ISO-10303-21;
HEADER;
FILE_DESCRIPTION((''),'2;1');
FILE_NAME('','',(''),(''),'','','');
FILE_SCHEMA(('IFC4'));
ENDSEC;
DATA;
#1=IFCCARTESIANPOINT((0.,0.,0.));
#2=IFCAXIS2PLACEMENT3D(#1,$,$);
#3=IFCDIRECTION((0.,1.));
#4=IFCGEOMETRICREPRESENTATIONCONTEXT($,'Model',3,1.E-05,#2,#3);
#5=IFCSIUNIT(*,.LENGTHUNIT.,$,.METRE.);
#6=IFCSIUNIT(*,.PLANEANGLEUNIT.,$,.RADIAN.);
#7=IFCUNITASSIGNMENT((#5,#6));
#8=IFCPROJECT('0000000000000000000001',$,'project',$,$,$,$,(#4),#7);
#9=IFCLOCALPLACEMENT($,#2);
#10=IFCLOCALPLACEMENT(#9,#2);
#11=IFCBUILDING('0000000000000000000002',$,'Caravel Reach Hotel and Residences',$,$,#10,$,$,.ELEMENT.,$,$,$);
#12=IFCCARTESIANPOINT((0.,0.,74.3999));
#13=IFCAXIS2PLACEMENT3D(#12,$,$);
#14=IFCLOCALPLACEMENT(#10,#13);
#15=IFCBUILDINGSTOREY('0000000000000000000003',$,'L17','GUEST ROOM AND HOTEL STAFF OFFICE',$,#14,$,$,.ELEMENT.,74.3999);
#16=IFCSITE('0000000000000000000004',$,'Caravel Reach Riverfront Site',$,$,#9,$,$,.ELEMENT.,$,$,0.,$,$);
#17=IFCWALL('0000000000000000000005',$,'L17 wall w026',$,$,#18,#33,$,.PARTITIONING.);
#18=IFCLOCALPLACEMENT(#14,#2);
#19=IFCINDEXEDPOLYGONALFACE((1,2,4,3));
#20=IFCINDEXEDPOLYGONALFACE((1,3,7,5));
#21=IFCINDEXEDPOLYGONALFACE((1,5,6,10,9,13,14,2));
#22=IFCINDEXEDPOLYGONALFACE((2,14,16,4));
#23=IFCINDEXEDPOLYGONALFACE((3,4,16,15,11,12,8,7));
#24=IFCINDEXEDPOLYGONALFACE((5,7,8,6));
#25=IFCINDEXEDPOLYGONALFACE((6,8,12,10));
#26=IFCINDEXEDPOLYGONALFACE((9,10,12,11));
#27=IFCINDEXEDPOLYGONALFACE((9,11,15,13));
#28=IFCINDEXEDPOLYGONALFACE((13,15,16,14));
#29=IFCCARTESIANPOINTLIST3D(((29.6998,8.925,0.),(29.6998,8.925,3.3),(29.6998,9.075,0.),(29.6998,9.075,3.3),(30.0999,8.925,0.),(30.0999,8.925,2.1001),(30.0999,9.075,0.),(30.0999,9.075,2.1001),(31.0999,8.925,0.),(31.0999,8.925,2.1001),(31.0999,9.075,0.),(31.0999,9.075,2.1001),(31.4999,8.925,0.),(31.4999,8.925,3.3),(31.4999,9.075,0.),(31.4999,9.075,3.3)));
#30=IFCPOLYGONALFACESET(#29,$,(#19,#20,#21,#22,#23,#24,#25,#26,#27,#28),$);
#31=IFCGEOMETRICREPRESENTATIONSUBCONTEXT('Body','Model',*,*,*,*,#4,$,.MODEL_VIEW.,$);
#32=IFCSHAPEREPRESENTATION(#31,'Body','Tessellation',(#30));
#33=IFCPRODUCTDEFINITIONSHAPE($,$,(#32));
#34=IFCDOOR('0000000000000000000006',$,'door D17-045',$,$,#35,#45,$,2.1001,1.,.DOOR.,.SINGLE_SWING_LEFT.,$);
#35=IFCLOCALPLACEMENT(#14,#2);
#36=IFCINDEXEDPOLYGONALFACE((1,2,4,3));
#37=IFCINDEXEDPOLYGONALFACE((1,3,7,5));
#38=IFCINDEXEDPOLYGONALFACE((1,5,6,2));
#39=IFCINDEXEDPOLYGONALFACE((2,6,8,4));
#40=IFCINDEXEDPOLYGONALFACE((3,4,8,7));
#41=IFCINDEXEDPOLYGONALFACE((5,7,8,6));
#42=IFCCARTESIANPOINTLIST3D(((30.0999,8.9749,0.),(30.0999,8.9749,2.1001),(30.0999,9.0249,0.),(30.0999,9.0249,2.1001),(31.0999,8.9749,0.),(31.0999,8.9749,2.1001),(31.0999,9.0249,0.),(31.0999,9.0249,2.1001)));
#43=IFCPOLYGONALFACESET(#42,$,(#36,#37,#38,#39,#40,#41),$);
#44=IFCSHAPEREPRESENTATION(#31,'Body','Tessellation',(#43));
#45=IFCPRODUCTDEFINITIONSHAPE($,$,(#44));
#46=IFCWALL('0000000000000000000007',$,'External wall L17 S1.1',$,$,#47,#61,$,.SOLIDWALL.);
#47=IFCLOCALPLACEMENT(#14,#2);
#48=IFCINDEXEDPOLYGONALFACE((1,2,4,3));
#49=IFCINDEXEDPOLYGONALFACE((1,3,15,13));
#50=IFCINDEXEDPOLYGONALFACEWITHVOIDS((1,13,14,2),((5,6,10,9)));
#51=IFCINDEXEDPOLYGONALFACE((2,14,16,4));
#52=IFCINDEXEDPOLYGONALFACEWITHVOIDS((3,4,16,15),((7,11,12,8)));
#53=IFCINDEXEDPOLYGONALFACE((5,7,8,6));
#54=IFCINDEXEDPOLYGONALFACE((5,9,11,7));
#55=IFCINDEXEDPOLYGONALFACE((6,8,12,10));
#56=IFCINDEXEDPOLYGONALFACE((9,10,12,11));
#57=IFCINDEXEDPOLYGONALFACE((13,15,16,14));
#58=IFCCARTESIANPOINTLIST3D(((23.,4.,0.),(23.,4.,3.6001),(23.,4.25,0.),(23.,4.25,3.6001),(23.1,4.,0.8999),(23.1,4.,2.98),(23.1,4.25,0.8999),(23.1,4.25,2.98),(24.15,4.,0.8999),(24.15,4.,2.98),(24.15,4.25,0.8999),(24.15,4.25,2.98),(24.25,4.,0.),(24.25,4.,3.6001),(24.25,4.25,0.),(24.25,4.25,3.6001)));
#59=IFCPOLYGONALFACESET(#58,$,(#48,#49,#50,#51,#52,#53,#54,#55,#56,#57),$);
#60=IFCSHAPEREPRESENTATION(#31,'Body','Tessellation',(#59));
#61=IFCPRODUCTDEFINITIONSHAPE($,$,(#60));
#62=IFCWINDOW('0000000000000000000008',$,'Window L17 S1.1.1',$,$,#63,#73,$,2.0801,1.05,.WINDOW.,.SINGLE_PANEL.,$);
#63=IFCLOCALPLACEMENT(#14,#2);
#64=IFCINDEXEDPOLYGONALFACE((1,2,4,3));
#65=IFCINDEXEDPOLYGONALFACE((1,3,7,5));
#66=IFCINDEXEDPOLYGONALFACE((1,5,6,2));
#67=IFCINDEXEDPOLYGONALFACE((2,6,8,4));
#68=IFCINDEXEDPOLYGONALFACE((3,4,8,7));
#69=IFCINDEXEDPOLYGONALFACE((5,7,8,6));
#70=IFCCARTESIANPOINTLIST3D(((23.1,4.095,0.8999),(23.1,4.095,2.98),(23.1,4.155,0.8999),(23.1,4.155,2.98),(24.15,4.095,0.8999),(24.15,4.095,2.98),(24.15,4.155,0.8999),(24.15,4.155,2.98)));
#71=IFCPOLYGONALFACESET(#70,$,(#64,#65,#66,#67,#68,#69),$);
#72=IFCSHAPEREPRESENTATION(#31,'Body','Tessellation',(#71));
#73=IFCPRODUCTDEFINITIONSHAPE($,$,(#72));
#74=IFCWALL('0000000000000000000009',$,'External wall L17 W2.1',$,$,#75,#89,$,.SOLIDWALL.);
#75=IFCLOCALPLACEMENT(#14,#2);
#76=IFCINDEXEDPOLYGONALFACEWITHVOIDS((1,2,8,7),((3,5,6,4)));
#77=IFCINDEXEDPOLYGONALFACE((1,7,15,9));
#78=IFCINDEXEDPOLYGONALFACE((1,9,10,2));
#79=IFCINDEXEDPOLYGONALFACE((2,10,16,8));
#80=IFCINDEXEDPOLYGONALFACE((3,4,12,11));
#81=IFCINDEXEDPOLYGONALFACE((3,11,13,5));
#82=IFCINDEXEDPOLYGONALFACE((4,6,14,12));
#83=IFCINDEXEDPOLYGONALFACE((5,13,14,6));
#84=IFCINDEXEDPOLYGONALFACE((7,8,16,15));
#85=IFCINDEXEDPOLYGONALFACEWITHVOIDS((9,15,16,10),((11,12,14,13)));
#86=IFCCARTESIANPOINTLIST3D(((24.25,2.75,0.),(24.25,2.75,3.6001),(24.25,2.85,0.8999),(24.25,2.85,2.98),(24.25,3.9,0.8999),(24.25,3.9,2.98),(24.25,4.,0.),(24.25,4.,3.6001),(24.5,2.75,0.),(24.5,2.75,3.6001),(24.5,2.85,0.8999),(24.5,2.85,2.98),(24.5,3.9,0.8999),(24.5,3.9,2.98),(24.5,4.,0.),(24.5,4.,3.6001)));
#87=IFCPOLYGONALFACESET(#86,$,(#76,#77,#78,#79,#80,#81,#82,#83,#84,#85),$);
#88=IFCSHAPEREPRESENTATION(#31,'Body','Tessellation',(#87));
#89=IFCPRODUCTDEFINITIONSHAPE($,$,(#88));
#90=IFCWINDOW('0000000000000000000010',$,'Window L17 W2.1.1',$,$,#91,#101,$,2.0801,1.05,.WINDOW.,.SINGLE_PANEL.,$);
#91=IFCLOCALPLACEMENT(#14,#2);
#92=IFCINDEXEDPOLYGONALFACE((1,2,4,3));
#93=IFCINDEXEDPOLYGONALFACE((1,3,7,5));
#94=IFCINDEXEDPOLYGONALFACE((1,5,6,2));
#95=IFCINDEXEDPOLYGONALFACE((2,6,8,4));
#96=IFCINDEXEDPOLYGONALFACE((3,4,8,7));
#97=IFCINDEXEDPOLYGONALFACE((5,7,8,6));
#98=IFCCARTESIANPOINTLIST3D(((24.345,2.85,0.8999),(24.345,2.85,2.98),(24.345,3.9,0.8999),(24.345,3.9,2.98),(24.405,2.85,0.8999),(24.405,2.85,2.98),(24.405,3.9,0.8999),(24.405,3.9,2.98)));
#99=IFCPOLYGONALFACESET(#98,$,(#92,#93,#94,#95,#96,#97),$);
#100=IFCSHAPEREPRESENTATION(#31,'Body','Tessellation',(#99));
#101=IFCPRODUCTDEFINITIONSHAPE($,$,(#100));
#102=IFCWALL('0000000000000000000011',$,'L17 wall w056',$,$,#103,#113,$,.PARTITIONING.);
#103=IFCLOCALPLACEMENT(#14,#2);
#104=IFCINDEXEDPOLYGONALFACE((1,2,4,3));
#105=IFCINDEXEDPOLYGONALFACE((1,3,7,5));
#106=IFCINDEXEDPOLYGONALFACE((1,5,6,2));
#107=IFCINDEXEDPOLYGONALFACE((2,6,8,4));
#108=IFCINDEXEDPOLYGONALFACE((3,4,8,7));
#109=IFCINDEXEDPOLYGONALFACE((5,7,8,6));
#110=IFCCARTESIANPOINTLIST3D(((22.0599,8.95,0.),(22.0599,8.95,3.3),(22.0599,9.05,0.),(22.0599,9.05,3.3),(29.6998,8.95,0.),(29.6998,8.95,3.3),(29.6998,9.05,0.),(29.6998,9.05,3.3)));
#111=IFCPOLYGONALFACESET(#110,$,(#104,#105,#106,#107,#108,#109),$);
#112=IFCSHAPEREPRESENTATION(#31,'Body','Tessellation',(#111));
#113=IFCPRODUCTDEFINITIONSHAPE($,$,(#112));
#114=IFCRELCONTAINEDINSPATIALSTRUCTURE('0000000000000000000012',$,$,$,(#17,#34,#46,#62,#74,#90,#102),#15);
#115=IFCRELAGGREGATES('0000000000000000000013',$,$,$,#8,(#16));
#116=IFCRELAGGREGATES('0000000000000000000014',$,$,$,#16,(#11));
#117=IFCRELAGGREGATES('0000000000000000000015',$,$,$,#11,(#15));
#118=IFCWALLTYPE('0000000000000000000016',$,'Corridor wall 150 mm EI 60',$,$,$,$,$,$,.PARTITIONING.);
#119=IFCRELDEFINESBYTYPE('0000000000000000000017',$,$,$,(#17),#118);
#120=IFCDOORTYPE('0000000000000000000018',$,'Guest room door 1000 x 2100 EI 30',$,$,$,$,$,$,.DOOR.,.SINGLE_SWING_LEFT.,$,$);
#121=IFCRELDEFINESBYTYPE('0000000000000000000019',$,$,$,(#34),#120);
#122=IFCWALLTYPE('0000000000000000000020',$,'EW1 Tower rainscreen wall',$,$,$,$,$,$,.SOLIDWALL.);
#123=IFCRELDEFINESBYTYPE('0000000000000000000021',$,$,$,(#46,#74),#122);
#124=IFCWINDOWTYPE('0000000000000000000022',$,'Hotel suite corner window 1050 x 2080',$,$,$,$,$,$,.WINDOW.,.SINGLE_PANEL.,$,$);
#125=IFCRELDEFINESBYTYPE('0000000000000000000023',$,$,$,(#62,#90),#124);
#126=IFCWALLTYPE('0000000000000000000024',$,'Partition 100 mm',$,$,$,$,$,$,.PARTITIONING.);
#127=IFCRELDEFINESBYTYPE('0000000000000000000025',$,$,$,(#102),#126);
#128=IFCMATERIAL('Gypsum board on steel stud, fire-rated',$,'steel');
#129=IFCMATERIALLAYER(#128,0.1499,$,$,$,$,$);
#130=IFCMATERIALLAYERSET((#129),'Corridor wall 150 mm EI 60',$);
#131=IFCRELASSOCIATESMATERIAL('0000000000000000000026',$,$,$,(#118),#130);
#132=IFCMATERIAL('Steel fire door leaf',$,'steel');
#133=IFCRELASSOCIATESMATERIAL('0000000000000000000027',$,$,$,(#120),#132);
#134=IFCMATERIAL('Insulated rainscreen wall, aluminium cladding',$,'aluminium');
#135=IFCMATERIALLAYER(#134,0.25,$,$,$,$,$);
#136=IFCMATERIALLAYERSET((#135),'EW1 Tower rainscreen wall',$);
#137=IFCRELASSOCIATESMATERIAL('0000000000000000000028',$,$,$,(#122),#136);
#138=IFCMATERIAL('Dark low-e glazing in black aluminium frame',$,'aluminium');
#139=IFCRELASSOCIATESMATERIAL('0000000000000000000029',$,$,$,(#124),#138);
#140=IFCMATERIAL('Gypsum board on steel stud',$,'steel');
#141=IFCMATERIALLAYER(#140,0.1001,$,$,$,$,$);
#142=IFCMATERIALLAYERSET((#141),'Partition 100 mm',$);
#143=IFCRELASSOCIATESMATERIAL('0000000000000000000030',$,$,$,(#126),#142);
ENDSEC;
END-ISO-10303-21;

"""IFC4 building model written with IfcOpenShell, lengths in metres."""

from ifc_helpers import new_model, si_unit, direction, frame, frame_2d, origin, place, context, subcontext, project, spatial, rectangle, extrude, material, layer, layer_set, type_object, element, fill, save


model = new_model("IFC4")

# Units and contexts
model_context = context("Model", 3, precision=1e-05, world=origin(), true_north=direction((0.0, 1.0)))
body_context = subcontext(model_context, "Body", "Model", "MODEL_VIEW")
ifc_project = project(units=[si_unit("LENGTHUNIT", "METRE"), si_unit("PLANEANGLEUNIT", "RADIAN")], contexts=[model_context])

# Site, building, storey
site_placement = place(None, origin())
site = spatial("IfcSite", under=ifc_project, at=site_placement, Name="Caravel Reach Riverfront Site", CompositionType="ELEMENT", RefElevation=0.0)
building_placement = place(site_placement, origin())
building = spatial("IfcBuilding", under=site, at=building_placement, Name="Caravel Reach Hotel and Residences", CompositionType="ELEMENT")
storey_placement = place(building_placement, frame((0.0, 0.0, 74.3999)))
storey = spatial("IfcBuildingStorey", under=building, at=storey_placement, Name="L17", Description="GUEST ROOM AND HOTEL STAFF OFFICE", CompositionType="ELEMENT", Elevation=74.3999)

# Wall, opening, door
ifc_material_1 = material(Name="Gypsum board on steel stud, fire-rated", Category="steel")
ifc_layer_1 = layer(ifc_material_1, 0.1499)
ifc_layer_set_1 = layer_set([ifc_layer_1], Name="Corridor wall 150 mm EI 60")
wall_type_1 = type_object("IfcWallType", Name="Corridor wall 150 mm EI 60", PredefinedType="PARTITIONING", material=ifc_layer_set_1)
wall_1_placement = place(storey_placement, frame((29.7, 9.0, 0.0), z_axis=(0.0, 0.0, 1.0), x_axis=(1.0, 0.0, 0.0)))
wall_1 = element("IfcWall", 1, at=wall_1_placement, inside=storey, type_object=wall_type_1, Name="L17 wall w026", PredefinedType="PARTITIONING", context=body_context, shape_type="SweptSolid", body=[
    extrude(rectangle(XDim=1.8, YDim=0.1499, at=frame_2d((0.8999, 0.0))), origin(), (0.0, 0.0, 1.0), 3.3),
])
opening_1_placement = place(wall_1_placement, frame((0.3999, 0.0, 0.0)))
opening_1 = element("IfcOpeningElement", 2, at=opening_1_placement, cuts=wall_1, PredefinedType="OPENING", context=body_context, shape_type="SweptSolid", body=[
    extrude(rectangle(XDim=1.0, YDim=2.1001, at=frame_2d((0.5, 1.05))), frame((0.0, 0.085, 0.0), z_axis=(0.0, -1.0, 0.0), x_axis=(1.0, 0.0, 0.0)), (0.0, 0.0, 1.0), 0.1699),
])
ifc_material_2 = material(Name="Steel fire door leaf", Category="steel")
door_type_1 = type_object("IfcDoorType", Name="Guest room door 1000 x 2100 EI 30", OperationType="SINGLE_SWING_LEFT", PredefinedType="DOOR", material=ifc_material_2)
door_1_placement = place(opening_1_placement, origin())
door_1 = element("IfcDoor", 3, at=door_1_placement, inside=storey, type_object=door_type_1, Name="door D17-045", OperationType="SINGLE_SWING_LEFT", OverallHeight=2.1001, OverallWidth=1.0, PredefinedType="DOOR", context=body_context, shape_type="SweptSolid", body=[
    extrude(rectangle(XDim=1.0, YDim=2.1001, at=frame_2d((0.5, 1.05))), frame((0.0, 0.0249, 0.0), z_axis=(0.0, -1.0, 0.0), x_axis=(1.0, 0.0, 0.0)), (0.0, 0.0, 1.0), 0.05),
])
fill(opening_1, door_1)

# Walls, openings, windows
ifc_material_3 = material(Name="Insulated rainscreen wall, aluminium cladding", Category="aluminium")
ifc_layer_2 = layer(ifc_material_3, 0.25)
ifc_layer_set_2 = layer_set([ifc_layer_2], Name="EW1 Tower rainscreen wall")
wall_type_2 = type_object("IfcWallType", Name="EW1 Tower rainscreen wall", PredefinedType="SOLIDWALL", material=ifc_layer_set_2)
wall_2_placement = place(storey_placement, frame((23.0, 4.125, 0.0), z_axis=(0.0, 0.0, 1.0), x_axis=(1.0, 0.0, 0.0)))
wall_2 = element("IfcWall", 4, at=wall_2_placement, inside=storey, type_object=wall_type_2, Name="External wall L17 S1.1", PredefinedType="SOLIDWALL", context=body_context, shape_type="SweptSolid", body=[
    extrude(rectangle(XDim=1.25, YDim=0.25, at=frame_2d((0.625, 0.0))), origin(), (0.0, 0.0, 1.0), 3.6001),
])
opening_2_placement = place(wall_2_placement, frame((0.1001, 0.0, 0.8999)))
opening_2 = element("IfcOpeningElement", 5, at=opening_2_placement, cuts=wall_2, PredefinedType="OPENING", context=body_context, shape_type="SweptSolid", body=[
    extrude(rectangle(XDim=1.05, YDim=2.0801, at=frame_2d((0.5249, 1.04))), frame((0.0, 0.135, 0.0), z_axis=(0.0, -1.0, 0.0), x_axis=(1.0, 0.0, 0.0)), (0.0, 0.0, 1.0), 0.27),
])
ifc_material_4 = material(Name="Dark low-e glazing in black aluminium frame", Category="aluminium")
window_type = type_object("IfcWindowType", Name="Hotel suite corner window 1050 x 2080", PartitioningType="SINGLE_PANEL", PredefinedType="WINDOW", material=ifc_material_4)
window_1_placement = place(opening_2_placement, origin())
window_1 = element("IfcWindow", 6, at=window_1_placement, inside=storey, type_object=window_type, Name="Window L17 S1.1.1", OverallHeight=2.0801, OverallWidth=1.05, PartitioningType="SINGLE_PANEL", PredefinedType="WINDOW", context=body_context, shape_type="SweptSolid", body=[
    extrude(rectangle(XDim=1.05, YDim=2.0801, at=frame_2d((0.5249, 1.04))), frame((0.0, 0.03, 0.0), z_axis=(0.0, -1.0, 0.0), x_axis=(1.0, 0.0, 0.0)), (0.0, 0.0, 1.0), 0.0601),
])
fill(opening_2, window_1)
wall_3_placement = place(storey_placement, frame((24.375, 4.0, 0.0), z_axis=(0.0, 0.0, 1.0), x_axis=(0.0, -1.0, 0.0)))
wall_3 = element("IfcWall", 7, at=wall_3_placement, inside=storey, type_object=wall_type_2, Name="External wall L17 W2.1", PredefinedType="SOLIDWALL", context=body_context, shape_type="SweptSolid", body=[
    extrude(rectangle(XDim=1.25, YDim=0.25, at=frame_2d((0.625, 0.0))), origin(), (0.0, 0.0, 1.0), 3.6001),
])
opening_3_placement = place(wall_3_placement, frame((0.1001, 0.0, 0.8999)))
opening_3 = element("IfcOpeningElement", 8, at=opening_3_placement, cuts=wall_3, PredefinedType="OPENING", context=body_context, shape_type="SweptSolid", body=[
    extrude(rectangle(XDim=1.05, YDim=2.0801, at=frame_2d((0.5249, 1.04))), frame((0.0, 0.135, 0.0), z_axis=(0.0, -1.0, 0.0), x_axis=(1.0, 0.0, 0.0)), (0.0, 0.0, 1.0), 0.27),
])
window_2_placement = place(opening_3_placement, origin())
window_2 = element("IfcWindow", 9, at=window_2_placement, inside=storey, type_object=window_type, Name="Window L17 W2.1.1", OverallHeight=2.0801, OverallWidth=1.05, PartitioningType="SINGLE_PANEL", PredefinedType="WINDOW", context=body_context, shape_type="SweptSolid", body=[
    extrude(rectangle(XDim=1.05, YDim=2.0801, at=frame_2d((0.5249, 1.04))), frame((0.0, 0.03, 0.0), z_axis=(0.0, -1.0, 0.0), x_axis=(1.0, 0.0, 0.0)), (0.0, 0.0, 1.0), 0.0601),
])
fill(opening_3, window_2)

# Wall
ifc_material_5 = material(Name="Gypsum board on steel stud", Category="steel")
ifc_layer_3 = layer(ifc_material_5, 0.1001)
ifc_layer_set_3 = layer_set([ifc_layer_3], Name="Partition 100 mm")
wall_type_3 = type_object("IfcWallType", Name="Partition 100 mm", PredefinedType="PARTITIONING", material=ifc_layer_set_3)
wall_4_placement = place(storey_placement, frame((22.0601, 9.0, 0.0), z_axis=(0.0, 0.0, 1.0), x_axis=(1.0, 0.0, 0.0)))
element("IfcWall", 10, at=wall_4_placement, inside=storey, type_object=wall_type_3, Name="L17 wall w056", PredefinedType="PARTITIONING", context=body_context, shape_type="SweptSolid", body=[
    extrude(rectangle(XDim=7.6399, YDim=0.1001, at=frame_2d((3.8198, 0.0))), origin(), (0.0, 0.0, 1.0), 3.3),
])

save(model, "model.ifc")
